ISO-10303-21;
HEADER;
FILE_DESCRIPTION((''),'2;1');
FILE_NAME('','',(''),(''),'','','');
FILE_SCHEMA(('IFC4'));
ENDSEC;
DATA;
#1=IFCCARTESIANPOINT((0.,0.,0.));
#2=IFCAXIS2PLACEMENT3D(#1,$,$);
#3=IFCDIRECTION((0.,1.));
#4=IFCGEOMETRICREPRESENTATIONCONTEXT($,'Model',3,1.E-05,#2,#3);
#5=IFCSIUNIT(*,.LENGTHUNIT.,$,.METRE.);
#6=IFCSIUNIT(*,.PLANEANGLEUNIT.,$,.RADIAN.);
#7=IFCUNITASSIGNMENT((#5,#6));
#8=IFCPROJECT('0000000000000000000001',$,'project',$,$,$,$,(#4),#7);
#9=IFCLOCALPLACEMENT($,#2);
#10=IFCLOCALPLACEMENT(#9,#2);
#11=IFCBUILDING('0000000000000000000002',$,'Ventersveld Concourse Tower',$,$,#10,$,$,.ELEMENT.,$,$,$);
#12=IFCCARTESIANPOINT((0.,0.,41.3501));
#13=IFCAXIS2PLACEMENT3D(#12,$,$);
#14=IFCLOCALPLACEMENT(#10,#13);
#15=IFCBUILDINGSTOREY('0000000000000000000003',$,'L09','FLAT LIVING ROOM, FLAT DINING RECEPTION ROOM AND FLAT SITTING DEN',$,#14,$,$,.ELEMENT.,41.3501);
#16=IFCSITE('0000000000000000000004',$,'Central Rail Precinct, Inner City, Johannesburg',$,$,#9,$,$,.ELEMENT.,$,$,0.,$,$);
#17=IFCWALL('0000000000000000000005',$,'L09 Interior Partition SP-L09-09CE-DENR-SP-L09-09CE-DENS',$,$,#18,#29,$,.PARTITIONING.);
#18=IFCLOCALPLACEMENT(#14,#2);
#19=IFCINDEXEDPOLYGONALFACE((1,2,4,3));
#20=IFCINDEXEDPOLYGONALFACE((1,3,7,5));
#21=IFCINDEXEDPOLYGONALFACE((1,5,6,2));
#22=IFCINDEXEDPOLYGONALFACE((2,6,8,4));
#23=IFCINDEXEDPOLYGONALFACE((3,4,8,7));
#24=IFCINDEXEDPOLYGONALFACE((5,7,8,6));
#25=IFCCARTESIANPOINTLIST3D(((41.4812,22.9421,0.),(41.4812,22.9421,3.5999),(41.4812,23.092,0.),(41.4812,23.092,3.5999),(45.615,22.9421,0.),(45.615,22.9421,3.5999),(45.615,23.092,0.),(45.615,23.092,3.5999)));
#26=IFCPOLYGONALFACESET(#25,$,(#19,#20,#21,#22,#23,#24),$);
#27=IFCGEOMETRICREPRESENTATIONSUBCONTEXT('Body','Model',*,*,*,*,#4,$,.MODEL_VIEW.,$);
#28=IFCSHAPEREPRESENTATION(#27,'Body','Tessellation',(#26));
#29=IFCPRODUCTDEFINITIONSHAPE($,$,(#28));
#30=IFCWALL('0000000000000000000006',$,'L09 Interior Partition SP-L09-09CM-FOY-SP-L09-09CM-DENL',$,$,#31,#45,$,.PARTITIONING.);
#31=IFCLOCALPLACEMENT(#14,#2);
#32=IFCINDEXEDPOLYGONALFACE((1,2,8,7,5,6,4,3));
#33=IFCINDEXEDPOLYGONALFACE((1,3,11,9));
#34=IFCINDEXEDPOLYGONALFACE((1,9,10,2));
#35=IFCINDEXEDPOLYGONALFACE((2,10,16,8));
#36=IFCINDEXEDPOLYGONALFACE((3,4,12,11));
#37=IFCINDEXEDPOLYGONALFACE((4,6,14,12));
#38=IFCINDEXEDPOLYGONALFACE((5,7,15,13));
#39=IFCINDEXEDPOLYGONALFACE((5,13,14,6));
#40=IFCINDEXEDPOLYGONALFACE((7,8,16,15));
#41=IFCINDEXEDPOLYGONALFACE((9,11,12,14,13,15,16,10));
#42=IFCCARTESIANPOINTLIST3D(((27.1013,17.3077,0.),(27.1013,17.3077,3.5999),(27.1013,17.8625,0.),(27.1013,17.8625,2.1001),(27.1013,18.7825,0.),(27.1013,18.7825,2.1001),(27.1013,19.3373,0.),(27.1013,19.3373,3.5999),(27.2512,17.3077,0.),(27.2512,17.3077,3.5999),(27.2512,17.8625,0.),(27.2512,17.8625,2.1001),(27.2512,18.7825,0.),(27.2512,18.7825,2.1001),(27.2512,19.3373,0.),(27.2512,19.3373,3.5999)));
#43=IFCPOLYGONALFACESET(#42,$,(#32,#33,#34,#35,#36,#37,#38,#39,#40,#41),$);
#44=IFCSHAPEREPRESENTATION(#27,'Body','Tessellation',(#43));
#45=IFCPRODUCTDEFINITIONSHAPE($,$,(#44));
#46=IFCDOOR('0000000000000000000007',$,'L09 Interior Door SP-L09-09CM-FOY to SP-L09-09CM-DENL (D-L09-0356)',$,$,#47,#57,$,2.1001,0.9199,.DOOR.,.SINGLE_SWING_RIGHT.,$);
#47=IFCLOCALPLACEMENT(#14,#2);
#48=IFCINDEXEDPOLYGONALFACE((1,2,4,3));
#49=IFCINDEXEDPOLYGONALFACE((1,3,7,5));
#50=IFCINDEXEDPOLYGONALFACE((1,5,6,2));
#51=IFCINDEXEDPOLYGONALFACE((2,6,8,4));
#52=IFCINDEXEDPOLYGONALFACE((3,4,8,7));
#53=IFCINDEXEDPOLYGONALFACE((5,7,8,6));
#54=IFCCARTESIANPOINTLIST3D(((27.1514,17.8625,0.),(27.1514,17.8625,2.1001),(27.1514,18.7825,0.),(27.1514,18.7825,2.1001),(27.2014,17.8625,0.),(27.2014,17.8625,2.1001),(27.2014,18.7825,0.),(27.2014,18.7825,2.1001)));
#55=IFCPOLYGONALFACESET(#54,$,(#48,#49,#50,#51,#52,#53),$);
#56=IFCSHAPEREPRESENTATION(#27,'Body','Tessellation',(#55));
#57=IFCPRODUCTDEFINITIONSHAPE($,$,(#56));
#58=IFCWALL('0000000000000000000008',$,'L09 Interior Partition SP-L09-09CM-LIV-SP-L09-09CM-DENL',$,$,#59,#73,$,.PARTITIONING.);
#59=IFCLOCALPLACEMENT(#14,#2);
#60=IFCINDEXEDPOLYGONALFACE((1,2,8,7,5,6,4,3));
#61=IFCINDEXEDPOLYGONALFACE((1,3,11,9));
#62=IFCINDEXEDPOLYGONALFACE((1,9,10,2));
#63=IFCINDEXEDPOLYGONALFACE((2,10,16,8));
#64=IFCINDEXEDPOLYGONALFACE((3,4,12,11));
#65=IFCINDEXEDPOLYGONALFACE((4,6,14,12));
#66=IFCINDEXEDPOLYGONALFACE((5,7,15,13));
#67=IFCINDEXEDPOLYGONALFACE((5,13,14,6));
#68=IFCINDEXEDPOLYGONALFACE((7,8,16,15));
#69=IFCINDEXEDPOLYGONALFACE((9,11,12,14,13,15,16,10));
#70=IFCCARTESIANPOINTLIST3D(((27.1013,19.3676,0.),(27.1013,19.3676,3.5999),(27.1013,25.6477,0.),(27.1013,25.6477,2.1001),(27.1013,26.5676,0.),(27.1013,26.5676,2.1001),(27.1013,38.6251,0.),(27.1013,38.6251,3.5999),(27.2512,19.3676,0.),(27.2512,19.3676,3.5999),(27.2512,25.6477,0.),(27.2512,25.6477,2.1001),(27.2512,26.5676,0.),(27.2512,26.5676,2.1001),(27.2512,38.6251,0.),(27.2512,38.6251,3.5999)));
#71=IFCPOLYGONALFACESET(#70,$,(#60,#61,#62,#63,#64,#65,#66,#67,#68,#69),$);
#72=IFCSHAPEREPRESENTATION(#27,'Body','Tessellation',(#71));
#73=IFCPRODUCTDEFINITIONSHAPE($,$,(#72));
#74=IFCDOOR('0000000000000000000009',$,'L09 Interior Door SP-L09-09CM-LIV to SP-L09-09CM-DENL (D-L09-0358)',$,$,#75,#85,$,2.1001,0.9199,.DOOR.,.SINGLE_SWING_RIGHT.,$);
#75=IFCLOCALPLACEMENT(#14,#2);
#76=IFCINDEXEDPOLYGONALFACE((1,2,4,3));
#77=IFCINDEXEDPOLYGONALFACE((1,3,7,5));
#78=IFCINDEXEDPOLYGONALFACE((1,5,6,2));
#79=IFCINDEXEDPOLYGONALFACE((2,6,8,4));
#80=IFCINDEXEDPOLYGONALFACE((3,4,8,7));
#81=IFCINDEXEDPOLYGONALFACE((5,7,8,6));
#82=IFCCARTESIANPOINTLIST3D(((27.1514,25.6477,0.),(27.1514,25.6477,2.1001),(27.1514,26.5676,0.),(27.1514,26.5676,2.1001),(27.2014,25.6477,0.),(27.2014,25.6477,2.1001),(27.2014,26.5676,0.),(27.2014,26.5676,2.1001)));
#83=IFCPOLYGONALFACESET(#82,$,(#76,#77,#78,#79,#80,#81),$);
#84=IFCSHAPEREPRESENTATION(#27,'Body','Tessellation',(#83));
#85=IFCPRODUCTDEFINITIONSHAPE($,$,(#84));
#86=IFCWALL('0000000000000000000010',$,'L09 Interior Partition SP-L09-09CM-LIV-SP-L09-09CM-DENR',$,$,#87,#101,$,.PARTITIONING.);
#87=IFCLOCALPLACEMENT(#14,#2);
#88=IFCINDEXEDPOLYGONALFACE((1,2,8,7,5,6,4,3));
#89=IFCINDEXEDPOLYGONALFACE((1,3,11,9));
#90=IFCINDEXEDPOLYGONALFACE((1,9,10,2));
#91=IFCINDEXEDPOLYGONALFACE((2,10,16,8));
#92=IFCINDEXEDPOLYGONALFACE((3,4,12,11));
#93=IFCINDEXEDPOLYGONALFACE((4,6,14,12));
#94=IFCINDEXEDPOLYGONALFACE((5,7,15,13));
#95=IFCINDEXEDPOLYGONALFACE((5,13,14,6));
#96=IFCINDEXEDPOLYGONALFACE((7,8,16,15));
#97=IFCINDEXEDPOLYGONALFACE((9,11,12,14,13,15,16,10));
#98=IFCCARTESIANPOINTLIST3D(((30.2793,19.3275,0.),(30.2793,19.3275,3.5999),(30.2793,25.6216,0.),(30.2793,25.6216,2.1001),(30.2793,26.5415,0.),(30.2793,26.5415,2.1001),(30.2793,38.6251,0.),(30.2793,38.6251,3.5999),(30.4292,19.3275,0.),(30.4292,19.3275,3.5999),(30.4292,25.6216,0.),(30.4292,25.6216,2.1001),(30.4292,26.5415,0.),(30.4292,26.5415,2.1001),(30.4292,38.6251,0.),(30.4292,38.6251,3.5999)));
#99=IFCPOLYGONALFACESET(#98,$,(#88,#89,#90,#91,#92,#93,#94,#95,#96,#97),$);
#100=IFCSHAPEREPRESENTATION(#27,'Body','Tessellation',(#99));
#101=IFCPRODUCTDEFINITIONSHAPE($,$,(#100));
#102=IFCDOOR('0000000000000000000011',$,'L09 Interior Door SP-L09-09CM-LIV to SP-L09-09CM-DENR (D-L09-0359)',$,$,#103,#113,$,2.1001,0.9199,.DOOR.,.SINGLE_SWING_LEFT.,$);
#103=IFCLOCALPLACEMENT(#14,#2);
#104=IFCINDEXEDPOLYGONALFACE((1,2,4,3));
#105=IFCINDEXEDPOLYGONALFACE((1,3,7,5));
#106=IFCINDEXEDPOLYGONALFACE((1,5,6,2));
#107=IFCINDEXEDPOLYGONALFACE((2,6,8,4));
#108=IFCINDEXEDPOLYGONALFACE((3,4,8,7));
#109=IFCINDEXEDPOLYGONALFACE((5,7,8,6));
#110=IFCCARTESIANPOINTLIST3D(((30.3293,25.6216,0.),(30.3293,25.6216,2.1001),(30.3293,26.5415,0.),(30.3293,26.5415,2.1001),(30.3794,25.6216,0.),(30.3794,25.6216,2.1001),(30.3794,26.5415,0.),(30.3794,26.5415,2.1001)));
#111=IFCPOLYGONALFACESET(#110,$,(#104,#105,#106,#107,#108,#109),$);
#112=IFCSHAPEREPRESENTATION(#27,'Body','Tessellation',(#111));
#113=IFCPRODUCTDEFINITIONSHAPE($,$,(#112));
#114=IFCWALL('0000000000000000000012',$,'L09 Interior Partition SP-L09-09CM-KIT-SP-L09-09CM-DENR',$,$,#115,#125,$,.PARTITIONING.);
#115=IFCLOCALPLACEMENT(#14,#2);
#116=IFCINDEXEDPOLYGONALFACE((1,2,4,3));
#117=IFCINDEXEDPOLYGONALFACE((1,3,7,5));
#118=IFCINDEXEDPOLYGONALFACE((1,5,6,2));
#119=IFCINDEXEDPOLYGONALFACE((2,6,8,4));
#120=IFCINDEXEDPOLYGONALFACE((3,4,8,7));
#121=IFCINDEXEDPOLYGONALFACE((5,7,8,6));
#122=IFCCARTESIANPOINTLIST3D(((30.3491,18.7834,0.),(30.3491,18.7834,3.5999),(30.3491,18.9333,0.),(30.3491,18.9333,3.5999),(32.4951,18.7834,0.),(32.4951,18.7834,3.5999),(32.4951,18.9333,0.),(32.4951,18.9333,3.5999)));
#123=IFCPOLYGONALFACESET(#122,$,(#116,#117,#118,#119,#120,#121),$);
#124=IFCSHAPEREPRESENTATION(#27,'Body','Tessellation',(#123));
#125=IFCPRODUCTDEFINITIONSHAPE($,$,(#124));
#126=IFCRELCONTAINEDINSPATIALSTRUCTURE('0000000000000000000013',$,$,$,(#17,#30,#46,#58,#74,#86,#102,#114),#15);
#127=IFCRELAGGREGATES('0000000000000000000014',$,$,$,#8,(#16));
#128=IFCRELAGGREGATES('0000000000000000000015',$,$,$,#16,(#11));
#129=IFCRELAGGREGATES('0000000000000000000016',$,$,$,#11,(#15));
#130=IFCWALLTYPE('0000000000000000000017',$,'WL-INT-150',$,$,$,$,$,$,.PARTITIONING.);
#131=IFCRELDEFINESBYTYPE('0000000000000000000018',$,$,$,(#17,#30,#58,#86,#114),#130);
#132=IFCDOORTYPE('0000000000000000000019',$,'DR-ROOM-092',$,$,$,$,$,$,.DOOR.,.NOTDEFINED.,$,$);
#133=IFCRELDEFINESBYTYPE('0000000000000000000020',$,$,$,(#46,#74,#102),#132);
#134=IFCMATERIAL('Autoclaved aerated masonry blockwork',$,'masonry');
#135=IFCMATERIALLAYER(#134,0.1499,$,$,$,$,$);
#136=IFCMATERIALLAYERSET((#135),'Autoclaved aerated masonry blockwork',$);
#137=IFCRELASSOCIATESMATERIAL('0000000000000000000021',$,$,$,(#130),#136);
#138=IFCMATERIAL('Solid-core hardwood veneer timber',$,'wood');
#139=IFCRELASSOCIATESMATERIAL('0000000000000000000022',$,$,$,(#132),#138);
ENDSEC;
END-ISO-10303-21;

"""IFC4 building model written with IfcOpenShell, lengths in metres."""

from ifc_helpers import new_model, si_unit, direction, frame, frame_2d, origin, place, context, subcontext, project, spatial, rectangle, extrude, material, layer, layer_set, type_object, element, fill, save


model = new_model("IFC4")

# Units and contexts
model_context = context("Model", 3, precision=1e-05, world=origin(), true_north=direction((0.0, 1.0)))
body_context = subcontext(model_context, "Body", "Model", "MODEL_VIEW")
ifc_project = project(units=[si_unit("LENGTHUNIT", "METRE"), si_unit("PLANEANGLEUNIT", "RADIAN")], contexts=[model_context])

# Site, building, storey
site_placement = place(None, origin())
site = spatial("IfcSite", under=ifc_project, at=site_placement, Name="Central Rail Precinct, Inner City, Johannesburg", CompositionType="ELEMENT", RefElevation=0.0)
building_placement = place(site_placement, origin())
building = spatial("IfcBuilding", under=site, at=building_placement, Name="Ventersveld Concourse Tower", CompositionType="ELEMENT")
storey_placement = place(building_placement, frame((0.0, 0.0, 41.3501)))
storey = spatial("IfcBuildingStorey", under=building, at=storey_placement, Name="L09", Description="FLAT LIVING ROOM, FLAT DINING RECEPTION ROOM AND FLAT SITTING DEN", CompositionType="ELEMENT", Elevation=41.3501)

# Shared definitions
ifc_material_1 = material(Name="Autoclaved aerated masonry blockwork", Category="masonry")
ifc_layer_1 = layer(ifc_material_1, 0.1499)
ifc_layer_set_1 = layer_set([ifc_layer_1], Name="Autoclaved aerated masonry blockwork")
wall_type_1 = type_object("IfcWallType", Name="WL-INT-150", PredefinedType="PARTITIONING", material=ifc_layer_set_1)
ifc_material_2 = material(Name="Solid-core hardwood veneer timber", Category="wood")
door_type = type_object("IfcDoorType", Name="DR-ROOM-092", OperationType="NOTDEFINED", PredefinedType="DOOR", material=ifc_material_2)

# Wall
wall_1_placement = place(storey_placement, frame((41.4812, 23.0171, 0.0), z_axis=(0.0, 0.0, 1.0), x_axis=(1.0, 0.0, 0.0)))
element("IfcWall", 1, at=wall_1_placement, inside=storey, type_object=wall_type_1, Name="L09 Interior Partition SP-L09-09CE-DENR-SP-L09-09CE-DENS", PredefinedType="PARTITIONING", context=body_context, shape_type="SweptSolid", body=[
    extrude(rectangle(XDim=4.1338, YDim=0.1499, at=frame_2d((2.0669, 0.0))), origin(), (0.0, 0.0, 1.0), 3.5999),
])

# Walls, openings, doors
wall_2_placement = place(storey_placement, frame((27.1763, 17.3079, 0.0), z_axis=(0.0, 0.0, 1.0), x_axis=(0.0, 1.0, 0.0)))
wall_2 = element("IfcWall", 2, at=wall_2_placement, inside=storey, type_object=wall_type_1, Name="L09 Interior Partition SP-L09-09CM-FOY-SP-L09-09CM-DENL", PredefinedType="PARTITIONING", context=body_context, shape_type="SweptSolid", body=[
    extrude(rectangle(XDim=2.0295, YDim=0.1499, at=frame_2d((1.0146, 0.0))), origin(), (0.0, 0.0, 1.0), 3.5999),
])
opening_1_placement = place(wall_2_placement, frame((0.5547, 0.0, 0.0)))
opening_1 = element("IfcOpeningElement", 3, at=opening_1_placement, cuts=wall_2, PredefinedType="OPENING", context=body_context, shape_type="SweptSolid", body=[
    extrude(rectangle(XDim=0.9199, YDim=2.1001, at=frame_2d((0.46, 1.05))), frame((0.0, 0.085, 0.0), z_axis=(0.0, -1.0, 0.0), x_axis=(1.0, 0.0, 0.0)), (0.0, 0.0, 1.0), 0.1699),
])
door_1_placement = place(opening_1_placement, origin())
door_1 = element("IfcDoor", 4, at=door_1_placement, inside=storey, type_object=door_type, Name="L09 Interior Door SP-L09-09CM-FOY to SP-L09-09CM-DENL (D-L09-0356)", OperationType="SINGLE_SWING_RIGHT", OverallHeight=2.1001, OverallWidth=0.9199, PredefinedType="DOOR", context=body_context, shape_type="SweptSolid", body=[
    extrude(rectangle(XDim=0.9199, YDim=2.1001, at=frame_2d((0.46, 1.05))), frame((0.0, 0.0249, 0.0), z_axis=(0.0, -1.0, 0.0), x_axis=(1.0, 0.0, 0.0)), (0.0, 0.0, 1.0), 0.05),
])
fill(opening_1, door_1)
wall_3_placement = place(storey_placement, frame((27.1763, 19.3674, 0.0), z_axis=(0.0, 0.0, 1.0), x_axis=(0.0, 1.0, 0.0)))
wall_3 = element("IfcWall", 5, at=wall_3_placement, inside=storey, type_object=wall_type_1, Name="L09 Interior Partition SP-L09-09CM-LIV-SP-L09-09CM-DENL", PredefinedType="PARTITIONING", context=body_context, shape_type="SweptSolid", body=[
    extrude(rectangle(XDim=19.2576, YDim=0.1499, at=frame_2d((9.6289, 0.0))), origin(), (0.0, 0.0, 1.0), 3.5999),
])
opening_2_placement = place(wall_3_placement, frame((6.2803, 0.0, 0.0)))
opening_2 = element("IfcOpeningElement", 6, at=opening_2_placement, cuts=wall_3, PredefinedType="OPENING", context=body_context, shape_type="SweptSolid", body=[
    extrude(rectangle(XDim=0.9199, YDim=2.1001, at=frame_2d((0.46, 1.05))), frame((0.0, 0.085, 0.0), z_axis=(0.0, -1.0, 0.0), x_axis=(1.0, 0.0, 0.0)), (0.0, 0.0, 1.0), 0.1699),
])
door_2_placement = place(opening_2_placement, origin())
door_2 = element("IfcDoor", 7, at=door_2_placement, inside=storey, type_object=door_type, Name="L09 Interior Door SP-L09-09CM-LIV to SP-L09-09CM-DENL (D-L09-0358)", OperationType="SINGLE_SWING_RIGHT", OverallHeight=2.1001, OverallWidth=0.9199, PredefinedType="DOOR", context=body_context, shape_type="SweptSolid", body=[
    extrude(rectangle(XDim=0.9199, YDim=2.1001, at=frame_2d((0.46, 1.05))), frame((0.0, 0.0249, 0.0), z_axis=(0.0, -1.0, 0.0), x_axis=(1.0, 0.0, 0.0)), (0.0, 0.0, 1.0), 0.05),
])
fill(opening_2, door_2)
wall_4_placement = place(storey_placement, frame((30.3542, 19.3274, 0.0), z_axis=(0.0, 0.0, 1.0), x_axis=(0.0, 1.0, 0.0)))
wall_4 = element("IfcWall", 8, at=wall_4_placement, inside=storey, type_object=wall_type_1, Name="L09 Interior Partition SP-L09-09CM-LIV-SP-L09-09CM-DENR", PredefinedType="PARTITIONING", context=body_context, shape_type="SweptSolid", body=[
    extrude(rectangle(XDim=19.2976, YDim=0.1499, at=frame_2d((9.6489, 0.0))), origin(), (0.0, 0.0, 1.0), 3.5999),
])
opening_3_placement = place(wall_4_placement, frame((6.2942, 0.0, 0.0)))
opening_3 = element("IfcOpeningElement", 9, at=opening_3_placement, cuts=wall_4, PredefinedType="OPENING", context=body_context, shape_type="SweptSolid", body=[
    extrude(rectangle(XDim=0.9199, YDim=2.1001, at=frame_2d((0.46, 1.05))), frame((0.0, 0.085, 0.0), z_axis=(0.0, -1.0, 0.0), x_axis=(1.0, 0.0, 0.0)), (0.0, 0.0, 1.0), 0.1699),
])
door_3_placement = place(opening_3_placement, origin())
door_3 = element("IfcDoor", 10, at=door_3_placement, inside=storey, type_object=door_type, Name="L09 Interior Door SP-L09-09CM-LIV to SP-L09-09CM-DENR (D-L09-0359)", OperationType="SINGLE_SWING_LEFT", OverallHeight=2.1001, OverallWidth=0.9199, PredefinedType="DOOR", context=body_context, shape_type="SweptSolid", body=[
    extrude(rectangle(XDim=0.9199, YDim=2.1001, at=frame_2d((0.46, 1.05))), frame((0.0, 0.0249, 0.0), z_axis=(0.0, -1.0, 0.0), x_axis=(1.0, 0.0, 0.0)), (0.0, 0.0, 1.0), 0.05),
])
fill(opening_3, door_3)

# Wall
wall_5_placement = place(storey_placement, frame((30.3491, 18.8584, 0.0), z_axis=(0.0, 0.0, 1.0), x_axis=(1.0, 0.0, 0.0)))
element("IfcWall", 11, at=wall_5_placement, inside=storey, type_object=wall_type_1, Name="L09 Interior Partition SP-L09-09CM-KIT-SP-L09-09CM-DENR", PredefinedType="PARTITIONING", context=body_context, shape_type="SweptSolid", body=[
    extrude(rectangle(XDim=2.146, YDim=0.1499, at=frame_2d((1.073, 0.0))), origin(), (0.0, 0.0, 1.0), 3.5999),
])

save(model, "model.ifc")
